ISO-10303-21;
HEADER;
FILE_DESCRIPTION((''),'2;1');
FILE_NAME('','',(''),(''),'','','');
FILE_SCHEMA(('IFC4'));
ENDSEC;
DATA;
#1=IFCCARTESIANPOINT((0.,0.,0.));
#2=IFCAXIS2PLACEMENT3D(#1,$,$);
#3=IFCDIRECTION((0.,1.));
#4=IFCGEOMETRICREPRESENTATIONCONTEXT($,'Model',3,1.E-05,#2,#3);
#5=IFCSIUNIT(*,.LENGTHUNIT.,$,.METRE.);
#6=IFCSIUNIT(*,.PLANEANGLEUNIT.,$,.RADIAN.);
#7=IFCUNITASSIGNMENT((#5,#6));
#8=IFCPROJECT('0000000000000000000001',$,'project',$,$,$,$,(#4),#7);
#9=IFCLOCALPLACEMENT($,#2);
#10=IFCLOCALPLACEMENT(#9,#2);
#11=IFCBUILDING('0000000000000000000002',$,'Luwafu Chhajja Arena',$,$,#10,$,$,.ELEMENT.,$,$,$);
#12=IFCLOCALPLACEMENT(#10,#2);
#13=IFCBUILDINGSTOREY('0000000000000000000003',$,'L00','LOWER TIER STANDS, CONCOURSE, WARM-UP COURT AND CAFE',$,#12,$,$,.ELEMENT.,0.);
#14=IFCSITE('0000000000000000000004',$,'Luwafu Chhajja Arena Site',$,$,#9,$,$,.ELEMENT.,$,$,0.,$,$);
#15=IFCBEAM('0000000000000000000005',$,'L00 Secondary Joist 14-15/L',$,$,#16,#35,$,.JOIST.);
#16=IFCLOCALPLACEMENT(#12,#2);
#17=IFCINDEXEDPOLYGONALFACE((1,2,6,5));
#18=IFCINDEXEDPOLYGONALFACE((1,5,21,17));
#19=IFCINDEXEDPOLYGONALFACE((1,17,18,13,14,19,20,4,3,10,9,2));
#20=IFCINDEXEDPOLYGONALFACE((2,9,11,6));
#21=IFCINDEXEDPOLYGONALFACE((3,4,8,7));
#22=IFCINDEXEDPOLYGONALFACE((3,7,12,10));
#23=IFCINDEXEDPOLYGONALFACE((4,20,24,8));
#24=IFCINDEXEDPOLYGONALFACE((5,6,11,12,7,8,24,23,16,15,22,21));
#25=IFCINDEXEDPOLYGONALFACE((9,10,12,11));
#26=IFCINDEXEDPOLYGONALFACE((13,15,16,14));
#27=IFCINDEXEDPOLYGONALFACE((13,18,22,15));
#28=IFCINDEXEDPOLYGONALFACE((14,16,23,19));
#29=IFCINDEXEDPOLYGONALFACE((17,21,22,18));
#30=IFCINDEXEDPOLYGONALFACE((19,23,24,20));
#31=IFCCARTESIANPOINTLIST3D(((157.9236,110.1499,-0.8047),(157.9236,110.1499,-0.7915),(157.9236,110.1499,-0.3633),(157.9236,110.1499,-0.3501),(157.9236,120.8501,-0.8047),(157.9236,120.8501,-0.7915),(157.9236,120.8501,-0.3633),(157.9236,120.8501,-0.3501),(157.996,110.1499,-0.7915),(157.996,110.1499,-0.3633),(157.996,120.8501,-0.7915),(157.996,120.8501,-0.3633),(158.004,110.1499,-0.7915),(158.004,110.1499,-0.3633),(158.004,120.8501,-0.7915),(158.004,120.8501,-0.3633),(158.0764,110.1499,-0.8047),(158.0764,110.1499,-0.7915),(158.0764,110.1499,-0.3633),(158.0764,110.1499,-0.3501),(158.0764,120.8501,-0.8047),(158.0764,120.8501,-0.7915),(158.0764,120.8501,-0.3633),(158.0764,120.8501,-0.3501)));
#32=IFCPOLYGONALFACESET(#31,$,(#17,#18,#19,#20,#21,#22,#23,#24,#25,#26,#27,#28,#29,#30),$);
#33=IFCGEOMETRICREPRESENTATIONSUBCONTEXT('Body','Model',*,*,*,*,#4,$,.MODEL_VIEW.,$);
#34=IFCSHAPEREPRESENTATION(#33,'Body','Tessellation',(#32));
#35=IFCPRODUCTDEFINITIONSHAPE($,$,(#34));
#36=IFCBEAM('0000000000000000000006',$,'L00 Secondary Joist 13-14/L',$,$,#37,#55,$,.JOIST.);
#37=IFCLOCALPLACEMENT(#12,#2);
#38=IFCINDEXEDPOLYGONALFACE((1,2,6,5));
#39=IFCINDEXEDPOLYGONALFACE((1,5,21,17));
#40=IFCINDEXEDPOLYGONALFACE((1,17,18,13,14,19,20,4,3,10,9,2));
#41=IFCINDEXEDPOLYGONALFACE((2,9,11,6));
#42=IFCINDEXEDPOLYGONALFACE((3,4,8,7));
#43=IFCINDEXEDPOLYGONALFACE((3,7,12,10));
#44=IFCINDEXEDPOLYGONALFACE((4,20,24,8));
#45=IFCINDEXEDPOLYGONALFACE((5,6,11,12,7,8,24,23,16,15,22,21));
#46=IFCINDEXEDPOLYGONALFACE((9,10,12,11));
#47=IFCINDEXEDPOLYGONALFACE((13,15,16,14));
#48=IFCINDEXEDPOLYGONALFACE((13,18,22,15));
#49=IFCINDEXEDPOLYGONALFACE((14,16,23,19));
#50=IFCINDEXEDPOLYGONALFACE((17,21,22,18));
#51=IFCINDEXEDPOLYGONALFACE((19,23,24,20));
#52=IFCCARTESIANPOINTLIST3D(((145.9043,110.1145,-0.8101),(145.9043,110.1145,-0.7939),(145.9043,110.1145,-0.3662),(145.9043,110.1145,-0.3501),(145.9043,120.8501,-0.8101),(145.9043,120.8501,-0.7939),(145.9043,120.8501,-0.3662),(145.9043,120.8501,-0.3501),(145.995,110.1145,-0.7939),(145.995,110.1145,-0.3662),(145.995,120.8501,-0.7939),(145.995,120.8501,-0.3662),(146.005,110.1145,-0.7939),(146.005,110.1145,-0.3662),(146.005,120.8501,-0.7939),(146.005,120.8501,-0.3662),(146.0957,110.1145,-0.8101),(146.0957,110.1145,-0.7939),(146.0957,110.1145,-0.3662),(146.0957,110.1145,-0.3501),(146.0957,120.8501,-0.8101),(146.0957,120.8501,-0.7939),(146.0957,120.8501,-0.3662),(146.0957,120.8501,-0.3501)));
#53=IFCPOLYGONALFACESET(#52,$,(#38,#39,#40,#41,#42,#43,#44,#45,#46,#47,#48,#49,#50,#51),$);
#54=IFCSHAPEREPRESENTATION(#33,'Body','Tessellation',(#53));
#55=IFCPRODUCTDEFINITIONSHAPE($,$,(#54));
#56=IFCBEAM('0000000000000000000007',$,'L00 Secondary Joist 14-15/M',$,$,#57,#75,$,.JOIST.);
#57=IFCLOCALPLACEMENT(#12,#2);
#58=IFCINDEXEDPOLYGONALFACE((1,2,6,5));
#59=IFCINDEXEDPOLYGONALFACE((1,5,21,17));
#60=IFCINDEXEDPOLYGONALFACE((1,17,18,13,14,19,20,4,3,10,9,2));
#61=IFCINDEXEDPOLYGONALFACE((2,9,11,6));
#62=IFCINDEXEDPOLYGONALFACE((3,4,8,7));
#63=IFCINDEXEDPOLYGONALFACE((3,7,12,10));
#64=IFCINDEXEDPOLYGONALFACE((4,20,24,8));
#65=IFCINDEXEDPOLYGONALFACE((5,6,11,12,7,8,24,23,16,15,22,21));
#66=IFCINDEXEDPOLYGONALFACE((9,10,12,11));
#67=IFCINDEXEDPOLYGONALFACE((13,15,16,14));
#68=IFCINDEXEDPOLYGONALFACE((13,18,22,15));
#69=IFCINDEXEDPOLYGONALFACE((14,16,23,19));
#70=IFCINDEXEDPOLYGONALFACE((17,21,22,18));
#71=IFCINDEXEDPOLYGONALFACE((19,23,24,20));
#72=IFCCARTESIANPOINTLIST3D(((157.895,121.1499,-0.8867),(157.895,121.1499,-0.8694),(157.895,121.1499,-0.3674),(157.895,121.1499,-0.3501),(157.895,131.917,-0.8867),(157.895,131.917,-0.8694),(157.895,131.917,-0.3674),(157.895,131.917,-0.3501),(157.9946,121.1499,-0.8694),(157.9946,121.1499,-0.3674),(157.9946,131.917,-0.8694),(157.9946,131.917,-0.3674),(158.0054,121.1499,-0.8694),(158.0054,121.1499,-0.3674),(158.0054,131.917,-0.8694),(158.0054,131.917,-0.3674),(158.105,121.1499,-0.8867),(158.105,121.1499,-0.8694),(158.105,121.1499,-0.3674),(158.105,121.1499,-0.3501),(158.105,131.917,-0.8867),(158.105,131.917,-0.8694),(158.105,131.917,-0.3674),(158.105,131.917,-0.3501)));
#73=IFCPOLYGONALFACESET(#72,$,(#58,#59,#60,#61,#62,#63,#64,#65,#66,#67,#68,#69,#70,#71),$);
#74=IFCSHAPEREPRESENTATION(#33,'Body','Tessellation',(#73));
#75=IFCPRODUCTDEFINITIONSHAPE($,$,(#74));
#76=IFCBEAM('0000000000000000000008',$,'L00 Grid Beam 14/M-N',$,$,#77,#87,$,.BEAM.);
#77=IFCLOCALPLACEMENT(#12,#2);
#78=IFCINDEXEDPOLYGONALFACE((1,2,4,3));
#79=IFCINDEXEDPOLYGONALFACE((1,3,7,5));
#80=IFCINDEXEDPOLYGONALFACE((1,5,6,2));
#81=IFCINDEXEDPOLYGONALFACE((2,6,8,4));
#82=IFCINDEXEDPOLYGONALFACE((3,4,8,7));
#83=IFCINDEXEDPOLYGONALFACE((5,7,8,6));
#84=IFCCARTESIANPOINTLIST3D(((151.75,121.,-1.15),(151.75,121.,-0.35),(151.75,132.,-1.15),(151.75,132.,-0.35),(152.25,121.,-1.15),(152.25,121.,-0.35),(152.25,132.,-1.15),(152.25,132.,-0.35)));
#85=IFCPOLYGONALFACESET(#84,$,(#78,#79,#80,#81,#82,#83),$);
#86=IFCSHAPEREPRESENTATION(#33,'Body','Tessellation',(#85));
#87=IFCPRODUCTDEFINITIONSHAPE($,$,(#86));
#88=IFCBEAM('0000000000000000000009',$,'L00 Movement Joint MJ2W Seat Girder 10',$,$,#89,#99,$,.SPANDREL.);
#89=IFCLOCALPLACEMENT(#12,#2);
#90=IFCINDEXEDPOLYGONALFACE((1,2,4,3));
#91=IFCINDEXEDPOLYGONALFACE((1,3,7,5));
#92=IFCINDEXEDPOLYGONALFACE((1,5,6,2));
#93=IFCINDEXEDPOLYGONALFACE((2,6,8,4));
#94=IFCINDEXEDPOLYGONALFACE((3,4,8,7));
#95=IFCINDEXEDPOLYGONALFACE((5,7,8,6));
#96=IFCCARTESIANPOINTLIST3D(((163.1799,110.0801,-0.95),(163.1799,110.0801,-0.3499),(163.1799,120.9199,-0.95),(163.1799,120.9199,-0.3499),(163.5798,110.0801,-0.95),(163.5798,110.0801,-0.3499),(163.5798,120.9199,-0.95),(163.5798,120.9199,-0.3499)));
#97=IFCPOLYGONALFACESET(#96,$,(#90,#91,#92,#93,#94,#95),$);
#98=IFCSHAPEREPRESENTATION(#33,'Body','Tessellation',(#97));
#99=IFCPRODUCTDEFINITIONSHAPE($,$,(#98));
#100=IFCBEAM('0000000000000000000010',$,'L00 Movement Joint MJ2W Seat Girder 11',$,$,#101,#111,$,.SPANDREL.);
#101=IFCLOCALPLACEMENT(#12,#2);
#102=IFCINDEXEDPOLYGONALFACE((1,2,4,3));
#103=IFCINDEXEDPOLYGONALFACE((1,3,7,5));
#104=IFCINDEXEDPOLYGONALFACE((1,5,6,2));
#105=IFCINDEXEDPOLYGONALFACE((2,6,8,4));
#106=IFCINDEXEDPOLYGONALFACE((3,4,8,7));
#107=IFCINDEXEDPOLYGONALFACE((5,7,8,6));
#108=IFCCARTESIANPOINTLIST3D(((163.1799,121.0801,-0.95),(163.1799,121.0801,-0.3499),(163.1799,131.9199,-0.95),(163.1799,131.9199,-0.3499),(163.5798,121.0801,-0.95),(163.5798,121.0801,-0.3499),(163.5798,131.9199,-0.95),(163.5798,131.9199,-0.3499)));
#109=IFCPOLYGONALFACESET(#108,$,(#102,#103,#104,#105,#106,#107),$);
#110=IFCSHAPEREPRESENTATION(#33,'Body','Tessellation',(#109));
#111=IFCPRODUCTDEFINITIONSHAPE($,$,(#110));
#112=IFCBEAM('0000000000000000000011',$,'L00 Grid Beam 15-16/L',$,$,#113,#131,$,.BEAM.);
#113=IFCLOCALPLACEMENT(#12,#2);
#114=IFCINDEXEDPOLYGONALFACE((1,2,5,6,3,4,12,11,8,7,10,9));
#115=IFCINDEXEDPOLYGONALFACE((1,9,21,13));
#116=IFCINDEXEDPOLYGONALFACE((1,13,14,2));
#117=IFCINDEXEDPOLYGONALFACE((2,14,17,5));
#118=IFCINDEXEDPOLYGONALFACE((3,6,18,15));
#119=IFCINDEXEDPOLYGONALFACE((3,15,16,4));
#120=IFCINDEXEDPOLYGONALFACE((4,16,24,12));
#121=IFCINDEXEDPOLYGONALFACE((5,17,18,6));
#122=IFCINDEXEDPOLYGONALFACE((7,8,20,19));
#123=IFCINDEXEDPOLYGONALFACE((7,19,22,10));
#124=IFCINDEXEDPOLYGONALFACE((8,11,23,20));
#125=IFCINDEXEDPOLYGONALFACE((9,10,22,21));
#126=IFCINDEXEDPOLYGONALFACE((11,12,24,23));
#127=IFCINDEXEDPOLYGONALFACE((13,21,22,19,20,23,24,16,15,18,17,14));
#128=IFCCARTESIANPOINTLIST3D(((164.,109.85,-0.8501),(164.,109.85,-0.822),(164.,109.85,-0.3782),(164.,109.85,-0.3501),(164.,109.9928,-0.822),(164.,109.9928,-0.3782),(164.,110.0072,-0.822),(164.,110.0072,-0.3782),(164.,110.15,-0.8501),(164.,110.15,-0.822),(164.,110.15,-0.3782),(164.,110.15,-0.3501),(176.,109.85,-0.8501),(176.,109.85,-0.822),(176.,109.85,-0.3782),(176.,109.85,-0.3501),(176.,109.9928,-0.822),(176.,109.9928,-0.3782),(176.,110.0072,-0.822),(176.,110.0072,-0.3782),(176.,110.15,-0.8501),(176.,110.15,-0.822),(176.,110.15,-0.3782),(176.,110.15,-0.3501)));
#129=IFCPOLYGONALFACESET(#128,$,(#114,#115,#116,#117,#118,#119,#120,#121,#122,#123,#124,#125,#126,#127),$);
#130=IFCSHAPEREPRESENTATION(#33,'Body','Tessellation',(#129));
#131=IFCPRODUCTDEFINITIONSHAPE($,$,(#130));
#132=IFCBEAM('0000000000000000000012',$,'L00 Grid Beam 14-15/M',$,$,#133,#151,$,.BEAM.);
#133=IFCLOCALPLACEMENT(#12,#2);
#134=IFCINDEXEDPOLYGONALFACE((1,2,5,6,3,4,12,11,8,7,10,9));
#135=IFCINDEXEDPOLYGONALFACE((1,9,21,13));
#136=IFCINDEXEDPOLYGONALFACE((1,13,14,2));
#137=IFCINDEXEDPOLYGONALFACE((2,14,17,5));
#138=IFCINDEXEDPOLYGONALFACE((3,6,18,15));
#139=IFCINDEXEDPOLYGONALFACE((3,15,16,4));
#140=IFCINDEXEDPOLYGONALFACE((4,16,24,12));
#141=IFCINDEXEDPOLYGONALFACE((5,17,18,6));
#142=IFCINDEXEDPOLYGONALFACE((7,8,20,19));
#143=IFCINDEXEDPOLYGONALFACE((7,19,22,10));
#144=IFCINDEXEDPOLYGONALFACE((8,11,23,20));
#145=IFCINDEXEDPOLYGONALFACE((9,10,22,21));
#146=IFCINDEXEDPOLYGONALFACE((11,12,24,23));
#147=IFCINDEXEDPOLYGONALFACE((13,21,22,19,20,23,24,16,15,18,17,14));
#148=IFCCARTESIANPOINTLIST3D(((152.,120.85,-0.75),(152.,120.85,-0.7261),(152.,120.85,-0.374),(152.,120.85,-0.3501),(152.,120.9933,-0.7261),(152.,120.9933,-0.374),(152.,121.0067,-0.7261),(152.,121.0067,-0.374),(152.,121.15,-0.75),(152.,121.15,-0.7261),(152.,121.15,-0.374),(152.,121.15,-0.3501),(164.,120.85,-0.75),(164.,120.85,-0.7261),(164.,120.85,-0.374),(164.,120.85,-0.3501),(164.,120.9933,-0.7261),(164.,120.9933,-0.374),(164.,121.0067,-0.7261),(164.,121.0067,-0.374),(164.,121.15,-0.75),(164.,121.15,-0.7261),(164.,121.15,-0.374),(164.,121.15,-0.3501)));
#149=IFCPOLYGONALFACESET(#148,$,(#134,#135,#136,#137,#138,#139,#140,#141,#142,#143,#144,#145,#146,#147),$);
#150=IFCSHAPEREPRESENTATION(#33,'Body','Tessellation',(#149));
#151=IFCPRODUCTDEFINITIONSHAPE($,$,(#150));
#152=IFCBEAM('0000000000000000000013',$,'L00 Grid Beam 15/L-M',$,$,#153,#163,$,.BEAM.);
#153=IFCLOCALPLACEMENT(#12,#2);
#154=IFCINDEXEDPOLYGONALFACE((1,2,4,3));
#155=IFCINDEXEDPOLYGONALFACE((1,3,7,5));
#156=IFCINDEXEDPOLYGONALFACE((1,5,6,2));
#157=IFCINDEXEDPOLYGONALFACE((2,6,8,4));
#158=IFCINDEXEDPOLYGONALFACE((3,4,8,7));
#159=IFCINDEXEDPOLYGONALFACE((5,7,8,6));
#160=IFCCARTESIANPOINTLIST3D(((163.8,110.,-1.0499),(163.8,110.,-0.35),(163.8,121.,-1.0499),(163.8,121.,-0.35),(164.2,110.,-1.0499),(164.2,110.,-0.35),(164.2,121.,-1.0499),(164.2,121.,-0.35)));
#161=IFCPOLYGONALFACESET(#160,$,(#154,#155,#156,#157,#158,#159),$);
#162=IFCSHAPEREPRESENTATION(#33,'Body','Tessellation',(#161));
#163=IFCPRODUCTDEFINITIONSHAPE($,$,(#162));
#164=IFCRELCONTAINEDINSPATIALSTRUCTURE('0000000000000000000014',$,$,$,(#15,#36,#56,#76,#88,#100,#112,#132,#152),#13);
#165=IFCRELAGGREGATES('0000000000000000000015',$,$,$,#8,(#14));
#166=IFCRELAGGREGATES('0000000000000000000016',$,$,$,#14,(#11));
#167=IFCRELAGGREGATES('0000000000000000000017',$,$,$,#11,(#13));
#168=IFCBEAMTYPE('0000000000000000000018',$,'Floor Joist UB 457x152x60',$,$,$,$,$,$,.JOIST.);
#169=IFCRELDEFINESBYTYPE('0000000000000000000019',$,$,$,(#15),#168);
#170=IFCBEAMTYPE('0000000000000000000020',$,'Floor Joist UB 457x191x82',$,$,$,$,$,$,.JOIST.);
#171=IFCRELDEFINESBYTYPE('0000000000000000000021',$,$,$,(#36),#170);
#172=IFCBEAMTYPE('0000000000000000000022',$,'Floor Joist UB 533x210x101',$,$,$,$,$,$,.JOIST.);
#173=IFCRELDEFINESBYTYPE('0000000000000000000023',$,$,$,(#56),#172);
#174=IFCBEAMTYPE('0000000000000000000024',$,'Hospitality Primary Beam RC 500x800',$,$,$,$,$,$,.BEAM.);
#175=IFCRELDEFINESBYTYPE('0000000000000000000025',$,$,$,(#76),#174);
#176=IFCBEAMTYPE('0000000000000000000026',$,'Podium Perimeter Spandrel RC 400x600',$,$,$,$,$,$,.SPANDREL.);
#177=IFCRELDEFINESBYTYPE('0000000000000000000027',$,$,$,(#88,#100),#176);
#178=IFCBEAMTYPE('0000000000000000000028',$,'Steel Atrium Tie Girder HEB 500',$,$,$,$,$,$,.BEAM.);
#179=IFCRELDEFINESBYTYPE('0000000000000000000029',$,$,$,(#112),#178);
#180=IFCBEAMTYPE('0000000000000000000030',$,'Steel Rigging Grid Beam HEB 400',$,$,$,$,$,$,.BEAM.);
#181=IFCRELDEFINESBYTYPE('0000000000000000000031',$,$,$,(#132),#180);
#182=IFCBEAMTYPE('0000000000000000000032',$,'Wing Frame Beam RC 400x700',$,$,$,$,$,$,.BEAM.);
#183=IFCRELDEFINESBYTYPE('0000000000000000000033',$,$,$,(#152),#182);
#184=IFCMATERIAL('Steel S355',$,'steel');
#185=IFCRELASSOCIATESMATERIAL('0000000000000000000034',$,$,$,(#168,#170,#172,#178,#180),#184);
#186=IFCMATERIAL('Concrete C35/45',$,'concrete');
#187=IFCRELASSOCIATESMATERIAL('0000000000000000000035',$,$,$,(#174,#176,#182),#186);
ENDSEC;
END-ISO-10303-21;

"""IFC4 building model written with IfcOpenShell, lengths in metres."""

from ifc_helpers import new_model, si_unit, direction, frame, origin, origin_2d, place, context, subcontext, project, spatial, rectangle, i_section, extrude, material, material_profile, profile_set, type_object, element, save


model = new_model("IFC4")

# Units and contexts
model_context = context("Model", 3, precision=1e-05, world=origin(), true_north=direction((0.0, 1.0)))
body_context = subcontext(model_context, "Body", "Model", "MODEL_VIEW")
ifc_project = project(units=[si_unit("LENGTHUNIT", "METRE"), si_unit("PLANEANGLEUNIT", "RADIAN")], contexts=[model_context])

# Site, building, storey
site_placement = place(None, origin())
site = spatial("IfcSite", under=ifc_project, at=site_placement, Name="Luwafu Chhajja Arena Site", CompositionType="ELEMENT", RefElevation=0.0)
building_placement = place(site_placement, origin())
building = spatial("IfcBuilding", under=site, at=building_placement, Name="Luwafu Chhajja Arena", CompositionType="ELEMENT")
storey_placement = place(building_placement, origin())
storey = spatial("IfcBuildingStorey", under=building, at=storey_placement, Name="L00", Description="LOWER TIER STANDS, CONCOURSE, WARM-UP COURT AND CAFE", CompositionType="ELEMENT", Elevation=0.0)

# Shared definitions
ifc_material_1 = material(Name="Concrete C35/45", Category="concrete")

# Beams
ifc_material_2 = material(Name="Steel S355", Category="steel")
ifc_material_profile_1 = material_profile(ifc_material_2, i_section(OverallWidth=0.1528, OverallDepth=0.4546, WebThickness=0.0081, FlangeThickness=0.0132, at=origin_2d()), Name="UB 457x152x60")
ifc_profile_set_1 = profile_set([ifc_material_profile_1], Name="Steel S355")
beam_type_1 = type_object("IfcBeamType", Name="Floor Joist UB 457x152x60", PredefinedType="JOIST", material=ifc_profile_set_1)
for number, where, z_axis, x_axis, name in (
    (1, (158.0, 110.1499, -0.5774), (0.0, 1.0, 0.0), (-1.0, 0.0, 0.0), "L00 Secondary Joist 14-15/L"),
):
    element("IfcBeam", number, at=place(storey_placement, frame(where, z_axis=z_axis, x_axis=x_axis)), inside=storey, type_object=beam_type_1, Name=name, PredefinedType="JOIST", context=body_context, shape_type="SweptSolid", body=[
        extrude(i_section(OverallWidth=0.1528, OverallDepth=0.4546, WebThickness=0.0081, FlangeThickness=0.0132, at=origin_2d()), origin(), (0.0, 0.0, 1.0), 10.7002),
    ])
ifc_material_profile_2 = material_profile(ifc_material_2, i_section(OverallWidth=0.1914, OverallDepth=0.46, WebThickness=0.01, FlangeThickness=0.0161, at=origin_2d()), Name="UB 457x191x82")
ifc_profile_set_2 = profile_set([ifc_material_profile_2], Name="Steel S355")
beam_type_2 = type_object("IfcBeamType", Name="Floor Joist UB 457x191x82", PredefinedType="JOIST", material=ifc_profile_set_2)
beam_1_placement = place(storey_placement, frame((146.0, 110.1145, -0.5801), z_axis=(0.0, 1.0, 0.0), x_axis=(-1.0, 0.0, 0.0)))
element("IfcBeam", 2, at=beam_1_placement, inside=storey, type_object=beam_type_2, Name="L00 Secondary Joist 13-14/L", PredefinedType="JOIST", context=body_context, shape_type="SweptSolid", body=[
    extrude(i_section(OverallWidth=0.1914, OverallDepth=0.46, WebThickness=0.01, FlangeThickness=0.0161, at=origin_2d()), origin(), (0.0, 0.0, 1.0), 10.7356),
])
ifc_material_profile_3 = material_profile(ifc_material_2, i_section(OverallWidth=0.21, OverallDepth=0.5366, WebThickness=0.0107, FlangeThickness=0.0173, at=origin_2d()), Name="UB 533x210x101")
ifc_profile_set_3 = profile_set([ifc_material_profile_3], Name="Steel S355")
beam_type_3 = type_object("IfcBeamType", Name="Floor Joist UB 533x210x101", PredefinedType="JOIST", material=ifc_profile_set_3)
beam_2_placement = place(storey_placement, frame((158.0, 121.1499, -0.6184), z_axis=(0.0, 1.0, 0.0), x_axis=(-1.0, 0.0, 0.0)))
element("IfcBeam", 3, at=beam_2_placement, inside=storey, type_object=beam_type_3, Name="L00 Secondary Joist 14-15/M", PredefinedType="JOIST", context=body_context, shape_type="SweptSolid", body=[
    extrude(i_section(OverallWidth=0.21, OverallDepth=0.5366, WebThickness=0.0107, FlangeThickness=0.0173, at=origin_2d()), origin(), (0.0, 0.0, 1.0), 10.7671),
])
ifc_material_profile_4 = material_profile(ifc_material_1, rectangle(XDim=0.5, YDim=0.8, at=origin_2d()), Name="RC 500x800")
ifc_profile_set_4 = profile_set([ifc_material_profile_4], Name="Concrete C35/45")
beam_type_4 = type_object("IfcBeamType", Name="Hospitality Primary Beam RC 500x800", PredefinedType="BEAM", material=ifc_profile_set_4)
beam_3_placement = place(storey_placement, frame((152.0, 121.0, -0.75), z_axis=(0.0, 1.0, 0.0), x_axis=(-1.0, 0.0, 0.0)))
element("IfcBeam", 4, at=beam_3_placement, inside=storey, type_object=beam_type_4, Name="L00 Grid Beam 14/M-N", PredefinedType="BEAM", context=body_context, shape_type="SweptSolid", body=[
    extrude(rectangle(XDim=0.5, YDim=0.8, at=origin_2d()), origin(), (0.0, 0.0, 1.0), 11.0),
])
ifc_material_profile_5 = material_profile(ifc_material_1, rectangle(XDim=0.3999, YDim=0.6001, at=origin_2d()), Name="RC 400x600")
ifc_profile_set_5 = profile_set([ifc_material_profile_5], Name="Concrete C35/45")
beam_type_5 = type_object("IfcBeamType", Name="Podium Perimeter Spandrel RC 400x600", PredefinedType="SPANDREL", material=ifc_profile_set_5)
for number, where, z_axis, x_axis, name in (
    (5, (163.3799, 110.0801, -0.6499), (0.0, 1.0, 0.0), (-1.0, 0.0, 0.0), "L00 Movement Joint MJ2W Seat Girder 10"),
    (6, (163.3799, 121.0801, -0.6499), (0.0, 1.0, 0.0), (-1.0, 0.0, 0.0), "L00 Movement Joint MJ2W Seat Girder 11"),
):
    element("IfcBeam", number, at=place(storey_placement, frame(where, z_axis=z_axis, x_axis=x_axis)), inside=storey, type_object=beam_type_5, Name=name, PredefinedType="SPANDREL", context=body_context, shape_type="SweptSolid", body=[
        extrude(rectangle(XDim=0.3999, YDim=0.6001, at=origin_2d()), origin(), (0.0, 0.0, 1.0), 10.8398),
    ])
ifc_material_profile_6 = material_profile(ifc_material_2, i_section(OverallWidth=0.3, OverallDepth=0.5, WebThickness=0.0144, FlangeThickness=0.0281, at=origin_2d()), Name="HEB 500")
ifc_profile_set_6 = profile_set([ifc_material_profile_6], Name="Steel S355")
beam_type_6 = type_object("IfcBeamType", Name="Steel Atrium Tie Girder HEB 500", PredefinedType="BEAM", material=ifc_profile_set_6)
beam_4_placement = place(storey_placement, frame((164.0, 110.0, -0.6001), z_axis=(1.0, 0.0, 0.0), x_axis=(0.0, 1.0, 0.0)))
element("IfcBeam", 7, at=beam_4_placement, inside=storey, type_object=beam_type_6, Name="L00 Grid Beam 15-16/L", PredefinedType="BEAM", context=body_context, shape_type="SweptSolid", body=[
    extrude(i_section(OverallWidth=0.3, OverallDepth=0.5, WebThickness=0.0144, FlangeThickness=0.0281, at=origin_2d()), origin(), (0.0, 0.0, 1.0), 12.0),
])
ifc_material_profile_7 = material_profile(ifc_material_2, i_section(OverallWidth=0.3, OverallDepth=0.3999, WebThickness=0.0134, FlangeThickness=0.0239, at=origin_2d()), Name="HEB 400")
ifc_profile_set_7 = profile_set([ifc_material_profile_7], Name="Steel S355")
beam_type_7 = type_object("IfcBeamType", Name="Steel Rigging Grid Beam HEB 400", PredefinedType="BEAM", material=ifc_profile_set_7)
beam_5_placement = place(storey_placement, frame((152.0, 121.0, -0.55), z_axis=(1.0, 0.0, 0.0), x_axis=(0.0, 1.0, 0.0)))
element("IfcBeam", 8, at=beam_5_placement, inside=storey, type_object=beam_type_7, Name="L00 Grid Beam 14-15/M", PredefinedType="BEAM", context=body_context, shape_type="SweptSolid", body=[
    extrude(i_section(OverallWidth=0.3, OverallDepth=0.3999, WebThickness=0.0134, FlangeThickness=0.0239, at=origin_2d()), origin(), (0.0, 0.0, 1.0), 12.0),
])
ifc_material_profile_8 = material_profile(ifc_material_1, rectangle(XDim=0.3999, YDim=0.7, at=origin_2d()), Name="RC 400x700")
ifc_profile_set_8 = profile_set([ifc_material_profile_8], Name="Concrete C35/45")
beam_type_8 = type_object("IfcBeamType", Name="Wing Frame Beam RC 400x700", PredefinedType="BEAM", material=ifc_profile_set_8)
beam_6_placement = place(storey_placement, frame((164.0, 110.0, -0.7), z_axis=(0.0, 1.0, 0.0), x_axis=(-1.0, 0.0, 0.0)))
element("IfcBeam", 9, at=beam_6_placement, inside=storey, type_object=beam_type_8, Name="L00 Grid Beam 15/L-M", PredefinedType="BEAM", context=body_context, shape_type="SweptSolid", body=[
    extrude(rectangle(XDim=0.3999, YDim=0.7, at=origin_2d()), origin(), (0.0, 0.0, 1.0), 11.0),
])

save(model, "model.ifc")
